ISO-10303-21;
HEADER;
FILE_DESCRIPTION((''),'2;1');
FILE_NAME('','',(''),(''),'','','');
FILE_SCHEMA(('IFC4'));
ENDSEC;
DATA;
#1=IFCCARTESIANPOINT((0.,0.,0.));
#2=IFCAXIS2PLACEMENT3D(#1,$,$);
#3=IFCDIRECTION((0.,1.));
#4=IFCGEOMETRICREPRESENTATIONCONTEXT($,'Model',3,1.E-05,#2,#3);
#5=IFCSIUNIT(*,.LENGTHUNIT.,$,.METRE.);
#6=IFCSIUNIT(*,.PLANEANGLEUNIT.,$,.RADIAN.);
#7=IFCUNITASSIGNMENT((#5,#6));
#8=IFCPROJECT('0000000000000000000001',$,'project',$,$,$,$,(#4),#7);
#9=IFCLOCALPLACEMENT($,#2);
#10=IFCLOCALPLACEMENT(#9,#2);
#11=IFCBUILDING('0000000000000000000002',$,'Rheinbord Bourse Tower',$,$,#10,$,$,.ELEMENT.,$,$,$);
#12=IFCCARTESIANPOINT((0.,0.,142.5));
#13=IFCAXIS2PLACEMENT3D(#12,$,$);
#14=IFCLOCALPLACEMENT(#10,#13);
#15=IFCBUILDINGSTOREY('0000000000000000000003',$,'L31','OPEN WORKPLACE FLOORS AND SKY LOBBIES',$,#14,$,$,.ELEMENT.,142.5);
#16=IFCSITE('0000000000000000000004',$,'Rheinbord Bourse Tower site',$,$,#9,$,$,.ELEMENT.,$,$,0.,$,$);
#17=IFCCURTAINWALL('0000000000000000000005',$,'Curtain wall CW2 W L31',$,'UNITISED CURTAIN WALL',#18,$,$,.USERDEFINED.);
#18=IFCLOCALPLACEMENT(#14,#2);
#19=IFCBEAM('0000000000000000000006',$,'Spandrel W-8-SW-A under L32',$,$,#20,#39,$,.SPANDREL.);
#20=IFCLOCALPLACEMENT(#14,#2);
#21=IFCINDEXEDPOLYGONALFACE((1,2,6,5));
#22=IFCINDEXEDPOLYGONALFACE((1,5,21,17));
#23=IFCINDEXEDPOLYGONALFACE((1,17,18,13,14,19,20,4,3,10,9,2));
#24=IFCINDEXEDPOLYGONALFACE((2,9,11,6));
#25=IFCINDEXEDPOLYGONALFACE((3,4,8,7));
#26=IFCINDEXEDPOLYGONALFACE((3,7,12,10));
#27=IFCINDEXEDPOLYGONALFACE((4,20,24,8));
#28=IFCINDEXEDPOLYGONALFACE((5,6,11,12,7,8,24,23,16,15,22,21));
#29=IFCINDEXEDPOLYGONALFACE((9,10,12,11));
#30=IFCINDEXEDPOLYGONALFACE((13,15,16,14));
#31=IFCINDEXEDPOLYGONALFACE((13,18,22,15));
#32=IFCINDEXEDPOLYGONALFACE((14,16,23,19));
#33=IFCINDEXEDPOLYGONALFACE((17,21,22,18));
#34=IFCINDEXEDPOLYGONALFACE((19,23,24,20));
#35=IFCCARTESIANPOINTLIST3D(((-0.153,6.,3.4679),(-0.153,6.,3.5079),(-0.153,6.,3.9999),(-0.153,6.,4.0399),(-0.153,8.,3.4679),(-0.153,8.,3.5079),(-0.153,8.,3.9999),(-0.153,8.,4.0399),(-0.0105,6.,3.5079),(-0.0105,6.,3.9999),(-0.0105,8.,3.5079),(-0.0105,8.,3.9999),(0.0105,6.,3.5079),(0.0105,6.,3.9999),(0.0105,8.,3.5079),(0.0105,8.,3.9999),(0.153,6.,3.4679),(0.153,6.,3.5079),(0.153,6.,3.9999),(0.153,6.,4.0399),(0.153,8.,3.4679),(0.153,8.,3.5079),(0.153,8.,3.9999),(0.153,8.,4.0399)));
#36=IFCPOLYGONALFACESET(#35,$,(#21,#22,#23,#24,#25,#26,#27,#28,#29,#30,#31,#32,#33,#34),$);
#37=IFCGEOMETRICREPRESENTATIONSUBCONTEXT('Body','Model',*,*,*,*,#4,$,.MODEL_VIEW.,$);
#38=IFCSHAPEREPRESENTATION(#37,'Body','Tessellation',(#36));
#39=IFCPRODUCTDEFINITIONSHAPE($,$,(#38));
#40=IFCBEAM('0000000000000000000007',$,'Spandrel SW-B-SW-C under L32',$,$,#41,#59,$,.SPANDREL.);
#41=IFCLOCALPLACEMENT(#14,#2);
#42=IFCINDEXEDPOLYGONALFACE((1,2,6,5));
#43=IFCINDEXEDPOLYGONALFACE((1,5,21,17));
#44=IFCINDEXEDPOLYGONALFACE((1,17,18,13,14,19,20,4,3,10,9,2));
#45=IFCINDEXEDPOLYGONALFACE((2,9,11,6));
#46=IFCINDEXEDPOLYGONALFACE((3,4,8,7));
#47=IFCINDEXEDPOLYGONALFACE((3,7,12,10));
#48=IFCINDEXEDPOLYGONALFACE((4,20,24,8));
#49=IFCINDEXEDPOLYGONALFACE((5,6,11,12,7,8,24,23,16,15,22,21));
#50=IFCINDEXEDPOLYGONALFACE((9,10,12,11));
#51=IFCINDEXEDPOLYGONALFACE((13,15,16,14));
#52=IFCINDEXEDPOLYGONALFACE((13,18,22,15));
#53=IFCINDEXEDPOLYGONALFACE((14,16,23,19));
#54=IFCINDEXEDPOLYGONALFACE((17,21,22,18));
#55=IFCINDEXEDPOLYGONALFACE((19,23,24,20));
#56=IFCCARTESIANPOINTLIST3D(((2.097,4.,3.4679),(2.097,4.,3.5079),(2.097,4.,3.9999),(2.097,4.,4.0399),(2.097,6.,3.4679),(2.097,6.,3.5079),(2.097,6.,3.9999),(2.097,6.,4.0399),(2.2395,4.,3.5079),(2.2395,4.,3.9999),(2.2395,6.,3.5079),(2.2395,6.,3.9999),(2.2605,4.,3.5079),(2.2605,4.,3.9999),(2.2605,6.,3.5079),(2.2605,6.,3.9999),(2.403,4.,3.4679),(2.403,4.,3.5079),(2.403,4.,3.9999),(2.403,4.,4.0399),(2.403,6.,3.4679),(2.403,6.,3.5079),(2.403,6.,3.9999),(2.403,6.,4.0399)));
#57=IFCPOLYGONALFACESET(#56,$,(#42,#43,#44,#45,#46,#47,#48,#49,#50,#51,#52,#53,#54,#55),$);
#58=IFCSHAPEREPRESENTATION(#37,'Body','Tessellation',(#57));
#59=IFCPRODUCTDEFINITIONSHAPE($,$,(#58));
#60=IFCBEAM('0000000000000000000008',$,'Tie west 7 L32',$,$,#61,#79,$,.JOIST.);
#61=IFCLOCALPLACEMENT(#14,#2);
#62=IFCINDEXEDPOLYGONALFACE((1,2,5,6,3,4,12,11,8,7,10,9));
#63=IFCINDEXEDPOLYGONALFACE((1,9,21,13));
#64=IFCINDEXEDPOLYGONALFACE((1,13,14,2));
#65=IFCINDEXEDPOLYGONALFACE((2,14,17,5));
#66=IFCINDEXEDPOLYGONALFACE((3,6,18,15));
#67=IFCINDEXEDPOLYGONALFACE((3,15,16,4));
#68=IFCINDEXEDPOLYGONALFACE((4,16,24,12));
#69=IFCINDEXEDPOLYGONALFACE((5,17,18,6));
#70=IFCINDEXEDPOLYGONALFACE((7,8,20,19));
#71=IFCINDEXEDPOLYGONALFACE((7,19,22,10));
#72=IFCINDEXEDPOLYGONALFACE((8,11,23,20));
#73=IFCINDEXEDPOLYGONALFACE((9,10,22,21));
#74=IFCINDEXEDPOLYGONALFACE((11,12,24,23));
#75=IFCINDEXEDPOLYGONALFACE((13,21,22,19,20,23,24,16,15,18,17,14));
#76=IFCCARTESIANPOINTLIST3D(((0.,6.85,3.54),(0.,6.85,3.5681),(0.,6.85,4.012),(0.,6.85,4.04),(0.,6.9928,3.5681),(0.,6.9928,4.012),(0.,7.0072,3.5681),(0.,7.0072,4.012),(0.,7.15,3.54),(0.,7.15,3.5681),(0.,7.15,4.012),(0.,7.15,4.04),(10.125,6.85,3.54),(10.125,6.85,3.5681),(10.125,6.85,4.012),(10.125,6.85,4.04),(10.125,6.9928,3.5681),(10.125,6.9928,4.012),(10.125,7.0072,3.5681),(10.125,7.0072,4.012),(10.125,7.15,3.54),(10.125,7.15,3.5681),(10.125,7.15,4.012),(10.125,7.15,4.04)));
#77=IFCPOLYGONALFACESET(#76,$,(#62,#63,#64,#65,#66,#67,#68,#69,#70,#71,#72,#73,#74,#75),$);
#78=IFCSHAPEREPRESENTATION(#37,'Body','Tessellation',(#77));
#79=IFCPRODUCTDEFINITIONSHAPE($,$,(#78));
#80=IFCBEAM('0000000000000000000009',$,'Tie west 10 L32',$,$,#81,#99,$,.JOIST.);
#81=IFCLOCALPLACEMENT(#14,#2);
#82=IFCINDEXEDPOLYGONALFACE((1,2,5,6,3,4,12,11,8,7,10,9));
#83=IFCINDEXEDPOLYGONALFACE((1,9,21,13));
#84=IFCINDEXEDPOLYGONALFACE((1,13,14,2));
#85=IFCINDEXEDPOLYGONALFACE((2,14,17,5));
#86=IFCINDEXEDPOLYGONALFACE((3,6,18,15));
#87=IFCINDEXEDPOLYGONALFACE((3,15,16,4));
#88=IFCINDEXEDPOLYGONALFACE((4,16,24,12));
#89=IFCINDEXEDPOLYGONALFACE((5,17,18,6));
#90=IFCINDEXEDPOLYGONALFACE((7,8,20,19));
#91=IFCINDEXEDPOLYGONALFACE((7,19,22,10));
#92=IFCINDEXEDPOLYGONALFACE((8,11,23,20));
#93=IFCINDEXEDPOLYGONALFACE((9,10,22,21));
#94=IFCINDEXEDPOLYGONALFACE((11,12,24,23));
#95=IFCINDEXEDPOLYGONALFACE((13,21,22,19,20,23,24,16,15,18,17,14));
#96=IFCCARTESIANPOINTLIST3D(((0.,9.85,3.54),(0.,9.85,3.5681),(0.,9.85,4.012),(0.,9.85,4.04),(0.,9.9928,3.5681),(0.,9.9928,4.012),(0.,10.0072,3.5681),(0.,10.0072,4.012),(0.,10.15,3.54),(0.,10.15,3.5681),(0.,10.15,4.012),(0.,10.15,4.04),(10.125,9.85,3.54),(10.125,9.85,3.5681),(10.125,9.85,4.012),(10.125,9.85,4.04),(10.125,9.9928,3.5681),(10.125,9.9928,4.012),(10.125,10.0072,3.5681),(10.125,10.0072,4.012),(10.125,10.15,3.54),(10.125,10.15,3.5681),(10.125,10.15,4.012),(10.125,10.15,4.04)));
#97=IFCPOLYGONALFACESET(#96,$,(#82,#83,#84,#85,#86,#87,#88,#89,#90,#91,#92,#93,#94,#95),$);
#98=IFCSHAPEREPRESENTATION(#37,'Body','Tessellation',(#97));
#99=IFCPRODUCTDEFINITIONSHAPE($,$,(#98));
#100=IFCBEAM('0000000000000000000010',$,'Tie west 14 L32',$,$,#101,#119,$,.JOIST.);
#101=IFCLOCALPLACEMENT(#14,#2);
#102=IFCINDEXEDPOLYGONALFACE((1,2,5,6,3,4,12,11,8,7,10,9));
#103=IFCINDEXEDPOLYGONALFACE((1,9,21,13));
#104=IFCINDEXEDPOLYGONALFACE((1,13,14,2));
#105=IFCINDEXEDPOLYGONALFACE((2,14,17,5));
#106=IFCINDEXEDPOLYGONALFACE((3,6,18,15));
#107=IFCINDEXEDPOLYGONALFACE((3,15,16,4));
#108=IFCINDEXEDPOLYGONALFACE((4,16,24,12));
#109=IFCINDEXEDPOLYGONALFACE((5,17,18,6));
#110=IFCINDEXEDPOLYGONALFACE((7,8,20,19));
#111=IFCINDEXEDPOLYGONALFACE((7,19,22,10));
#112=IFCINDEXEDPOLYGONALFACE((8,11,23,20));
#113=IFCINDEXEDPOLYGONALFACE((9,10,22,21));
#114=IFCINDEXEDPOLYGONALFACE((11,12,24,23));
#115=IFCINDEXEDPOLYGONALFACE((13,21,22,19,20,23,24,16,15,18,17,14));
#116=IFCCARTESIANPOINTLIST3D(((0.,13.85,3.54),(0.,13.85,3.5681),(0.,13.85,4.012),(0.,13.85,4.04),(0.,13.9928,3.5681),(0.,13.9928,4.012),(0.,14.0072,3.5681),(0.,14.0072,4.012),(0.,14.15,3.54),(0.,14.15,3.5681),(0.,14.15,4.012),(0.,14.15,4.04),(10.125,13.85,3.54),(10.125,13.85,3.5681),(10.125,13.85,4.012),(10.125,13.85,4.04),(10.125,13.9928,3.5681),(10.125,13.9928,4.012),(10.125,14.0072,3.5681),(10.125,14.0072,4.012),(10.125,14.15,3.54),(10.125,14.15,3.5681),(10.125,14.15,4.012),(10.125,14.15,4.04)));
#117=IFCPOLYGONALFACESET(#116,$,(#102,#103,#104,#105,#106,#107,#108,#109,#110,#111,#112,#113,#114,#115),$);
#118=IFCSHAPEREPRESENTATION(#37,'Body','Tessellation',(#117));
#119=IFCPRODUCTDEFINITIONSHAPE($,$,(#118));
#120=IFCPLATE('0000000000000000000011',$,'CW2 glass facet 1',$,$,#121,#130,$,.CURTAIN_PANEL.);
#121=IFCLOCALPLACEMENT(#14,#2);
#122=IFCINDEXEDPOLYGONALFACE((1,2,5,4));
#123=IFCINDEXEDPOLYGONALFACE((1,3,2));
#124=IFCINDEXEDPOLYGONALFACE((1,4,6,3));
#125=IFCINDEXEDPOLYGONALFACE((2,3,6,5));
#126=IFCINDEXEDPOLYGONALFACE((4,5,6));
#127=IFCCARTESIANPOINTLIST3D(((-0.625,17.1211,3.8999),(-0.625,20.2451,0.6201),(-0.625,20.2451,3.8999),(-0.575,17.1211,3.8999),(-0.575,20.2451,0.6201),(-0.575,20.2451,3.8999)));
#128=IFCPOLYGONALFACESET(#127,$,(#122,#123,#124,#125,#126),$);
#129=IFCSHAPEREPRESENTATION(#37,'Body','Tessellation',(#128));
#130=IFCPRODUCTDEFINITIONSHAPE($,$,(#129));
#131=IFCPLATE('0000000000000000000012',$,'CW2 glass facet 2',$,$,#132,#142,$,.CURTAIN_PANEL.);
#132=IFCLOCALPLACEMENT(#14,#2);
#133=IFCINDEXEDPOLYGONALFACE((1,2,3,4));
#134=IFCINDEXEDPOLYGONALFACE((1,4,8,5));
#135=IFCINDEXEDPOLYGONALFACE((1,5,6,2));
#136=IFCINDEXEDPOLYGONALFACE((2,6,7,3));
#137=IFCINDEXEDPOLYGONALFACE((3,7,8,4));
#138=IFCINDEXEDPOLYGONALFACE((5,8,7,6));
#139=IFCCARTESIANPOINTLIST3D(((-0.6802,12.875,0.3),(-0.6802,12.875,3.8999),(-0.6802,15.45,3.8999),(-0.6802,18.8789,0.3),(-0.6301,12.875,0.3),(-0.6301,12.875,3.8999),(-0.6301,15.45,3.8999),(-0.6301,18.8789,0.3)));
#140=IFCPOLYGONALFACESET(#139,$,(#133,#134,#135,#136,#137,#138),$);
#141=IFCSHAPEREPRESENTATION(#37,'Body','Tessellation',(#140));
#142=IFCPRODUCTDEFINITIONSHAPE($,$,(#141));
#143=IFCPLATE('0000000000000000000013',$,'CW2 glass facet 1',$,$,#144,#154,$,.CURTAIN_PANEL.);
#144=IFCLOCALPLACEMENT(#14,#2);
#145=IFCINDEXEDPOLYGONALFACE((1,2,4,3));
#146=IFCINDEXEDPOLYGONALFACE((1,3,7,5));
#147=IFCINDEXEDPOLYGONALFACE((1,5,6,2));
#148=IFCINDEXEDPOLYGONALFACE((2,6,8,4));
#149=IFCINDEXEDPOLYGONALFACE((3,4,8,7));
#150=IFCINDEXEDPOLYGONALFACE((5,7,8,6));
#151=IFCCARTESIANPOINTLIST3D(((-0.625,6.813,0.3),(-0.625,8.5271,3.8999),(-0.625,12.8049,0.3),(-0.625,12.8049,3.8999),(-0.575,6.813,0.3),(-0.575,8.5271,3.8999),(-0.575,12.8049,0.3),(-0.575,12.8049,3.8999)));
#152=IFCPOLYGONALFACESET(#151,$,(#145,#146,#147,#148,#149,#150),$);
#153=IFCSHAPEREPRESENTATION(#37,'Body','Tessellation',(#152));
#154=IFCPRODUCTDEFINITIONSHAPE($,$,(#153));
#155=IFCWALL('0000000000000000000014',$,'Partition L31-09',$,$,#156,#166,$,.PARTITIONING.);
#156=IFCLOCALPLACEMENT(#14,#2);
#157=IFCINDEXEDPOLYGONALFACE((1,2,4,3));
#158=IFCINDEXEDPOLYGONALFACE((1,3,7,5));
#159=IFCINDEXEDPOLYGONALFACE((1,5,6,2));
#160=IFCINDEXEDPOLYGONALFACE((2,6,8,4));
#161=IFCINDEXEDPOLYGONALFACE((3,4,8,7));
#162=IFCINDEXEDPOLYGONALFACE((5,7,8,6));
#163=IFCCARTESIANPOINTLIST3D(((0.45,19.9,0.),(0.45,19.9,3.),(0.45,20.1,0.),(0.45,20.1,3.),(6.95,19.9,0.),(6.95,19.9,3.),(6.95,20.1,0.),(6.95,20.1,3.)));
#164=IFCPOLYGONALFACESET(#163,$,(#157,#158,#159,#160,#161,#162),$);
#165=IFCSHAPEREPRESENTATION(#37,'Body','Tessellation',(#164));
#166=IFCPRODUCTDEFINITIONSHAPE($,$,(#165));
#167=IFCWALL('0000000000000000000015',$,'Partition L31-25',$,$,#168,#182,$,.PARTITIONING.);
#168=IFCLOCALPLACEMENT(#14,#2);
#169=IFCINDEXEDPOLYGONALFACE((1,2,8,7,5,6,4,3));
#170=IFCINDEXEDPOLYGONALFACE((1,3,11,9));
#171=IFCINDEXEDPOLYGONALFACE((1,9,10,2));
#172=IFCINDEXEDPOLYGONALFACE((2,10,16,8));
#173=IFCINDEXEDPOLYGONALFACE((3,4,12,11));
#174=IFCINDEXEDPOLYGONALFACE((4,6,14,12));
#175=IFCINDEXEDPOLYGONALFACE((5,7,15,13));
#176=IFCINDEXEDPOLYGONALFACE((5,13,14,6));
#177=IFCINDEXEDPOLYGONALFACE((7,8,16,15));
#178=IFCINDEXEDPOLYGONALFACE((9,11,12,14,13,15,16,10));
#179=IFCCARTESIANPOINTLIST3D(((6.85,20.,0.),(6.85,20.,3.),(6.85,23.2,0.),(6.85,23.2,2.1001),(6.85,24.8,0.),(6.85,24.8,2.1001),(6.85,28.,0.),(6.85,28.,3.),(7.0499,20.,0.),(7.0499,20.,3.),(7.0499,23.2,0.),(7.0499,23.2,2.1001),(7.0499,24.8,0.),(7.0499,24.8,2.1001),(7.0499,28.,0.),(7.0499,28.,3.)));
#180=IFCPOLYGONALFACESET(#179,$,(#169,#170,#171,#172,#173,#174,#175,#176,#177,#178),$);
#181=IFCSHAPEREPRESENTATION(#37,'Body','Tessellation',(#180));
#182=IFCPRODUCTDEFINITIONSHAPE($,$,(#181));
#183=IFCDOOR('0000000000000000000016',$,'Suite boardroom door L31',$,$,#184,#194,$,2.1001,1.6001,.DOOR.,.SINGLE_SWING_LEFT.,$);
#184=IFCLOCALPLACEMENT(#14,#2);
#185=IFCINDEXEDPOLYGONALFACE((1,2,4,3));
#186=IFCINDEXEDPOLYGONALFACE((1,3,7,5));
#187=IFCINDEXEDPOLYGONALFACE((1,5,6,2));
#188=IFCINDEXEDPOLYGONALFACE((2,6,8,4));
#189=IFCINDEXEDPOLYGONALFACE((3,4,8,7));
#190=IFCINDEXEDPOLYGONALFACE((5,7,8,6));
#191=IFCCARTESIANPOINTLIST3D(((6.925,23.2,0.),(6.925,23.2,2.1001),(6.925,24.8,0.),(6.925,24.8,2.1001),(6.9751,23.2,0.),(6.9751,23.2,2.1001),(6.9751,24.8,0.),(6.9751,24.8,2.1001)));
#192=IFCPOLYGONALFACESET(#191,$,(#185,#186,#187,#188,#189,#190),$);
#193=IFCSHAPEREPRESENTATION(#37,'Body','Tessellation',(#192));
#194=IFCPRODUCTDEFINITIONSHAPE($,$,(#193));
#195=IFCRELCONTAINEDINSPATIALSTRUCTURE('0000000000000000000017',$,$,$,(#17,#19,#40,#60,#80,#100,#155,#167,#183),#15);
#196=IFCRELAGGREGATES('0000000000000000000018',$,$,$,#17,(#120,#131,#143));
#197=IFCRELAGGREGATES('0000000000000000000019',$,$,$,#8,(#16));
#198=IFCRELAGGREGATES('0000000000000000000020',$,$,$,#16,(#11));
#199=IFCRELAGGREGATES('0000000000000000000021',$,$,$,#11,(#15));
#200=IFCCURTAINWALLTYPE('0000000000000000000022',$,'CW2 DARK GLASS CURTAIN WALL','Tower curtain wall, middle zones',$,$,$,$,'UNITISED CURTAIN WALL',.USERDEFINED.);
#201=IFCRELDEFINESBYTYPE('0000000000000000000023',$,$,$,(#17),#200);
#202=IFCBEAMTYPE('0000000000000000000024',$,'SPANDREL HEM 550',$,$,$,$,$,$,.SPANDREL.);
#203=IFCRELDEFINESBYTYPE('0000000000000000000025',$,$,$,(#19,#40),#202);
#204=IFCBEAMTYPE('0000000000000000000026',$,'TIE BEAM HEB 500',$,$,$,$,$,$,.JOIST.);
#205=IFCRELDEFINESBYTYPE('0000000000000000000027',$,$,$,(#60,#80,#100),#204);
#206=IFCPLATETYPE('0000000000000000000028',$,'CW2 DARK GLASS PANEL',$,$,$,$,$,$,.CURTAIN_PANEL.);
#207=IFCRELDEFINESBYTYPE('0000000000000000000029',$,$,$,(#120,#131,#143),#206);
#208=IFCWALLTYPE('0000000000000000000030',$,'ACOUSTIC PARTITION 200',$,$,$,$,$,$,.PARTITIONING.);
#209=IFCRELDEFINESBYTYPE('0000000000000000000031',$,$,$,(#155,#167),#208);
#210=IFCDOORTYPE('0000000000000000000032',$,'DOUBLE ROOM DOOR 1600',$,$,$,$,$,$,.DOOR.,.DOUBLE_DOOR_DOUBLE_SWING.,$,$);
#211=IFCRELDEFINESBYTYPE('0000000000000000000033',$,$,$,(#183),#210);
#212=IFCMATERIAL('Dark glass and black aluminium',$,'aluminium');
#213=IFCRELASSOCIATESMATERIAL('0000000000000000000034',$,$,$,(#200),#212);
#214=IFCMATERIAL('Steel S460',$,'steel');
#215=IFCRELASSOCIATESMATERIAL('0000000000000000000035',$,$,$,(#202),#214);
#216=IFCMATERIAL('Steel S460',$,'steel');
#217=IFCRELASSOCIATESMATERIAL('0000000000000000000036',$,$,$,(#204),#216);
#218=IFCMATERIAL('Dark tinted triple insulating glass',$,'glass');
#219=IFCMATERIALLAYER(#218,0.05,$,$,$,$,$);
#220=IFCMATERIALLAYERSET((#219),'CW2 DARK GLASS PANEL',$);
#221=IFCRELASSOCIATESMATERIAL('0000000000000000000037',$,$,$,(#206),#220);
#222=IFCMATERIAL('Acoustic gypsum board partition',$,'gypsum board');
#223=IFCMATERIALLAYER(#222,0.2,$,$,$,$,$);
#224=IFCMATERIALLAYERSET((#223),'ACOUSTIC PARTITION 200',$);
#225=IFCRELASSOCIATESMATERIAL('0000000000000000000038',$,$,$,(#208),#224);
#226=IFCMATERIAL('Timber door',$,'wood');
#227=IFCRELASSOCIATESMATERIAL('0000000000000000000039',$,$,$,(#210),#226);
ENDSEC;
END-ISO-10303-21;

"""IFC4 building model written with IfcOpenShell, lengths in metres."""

from ifc_helpers import new_model, si_unit, direction, frame, frame_2d, origin, origin_2d, place, context, subcontext, project, spatial, polyline, rectangle, i_section, outline, extrude, material, layer, layer_set, material_profile, profile_set, type_object, element, fill, aggregate, save


model = new_model("IFC4")

# Units and contexts
model_context = context("Model", 3, precision=1e-05, world=origin(), true_north=direction((0.0, 1.0)))
body_context = subcontext(model_context, "Body", "Model", "MODEL_VIEW")
ifc_project = project(units=[si_unit("LENGTHUNIT", "METRE"), si_unit("PLANEANGLEUNIT", "RADIAN")], contexts=[model_context])

# Site, building, storey
site_placement = place(None, origin())
site = spatial("IfcSite", under=ifc_project, at=site_placement, Name="Rheinbord Bourse Tower site", CompositionType="ELEMENT", RefElevation=0.0)
building_placement = place(site_placement, origin())
building = spatial("IfcBuilding", under=site, at=building_placement, Name="Rheinbord Bourse Tower", CompositionType="ELEMENT")
storey_placement = place(building_placement, frame((0.0, 0.0, 142.5)))
storey = spatial("IfcBuildingStorey", under=building, at=storey_placement, Name="L31", Description="OPEN WORKPLACE FLOORS AND SKY LOBBIES", CompositionType="ELEMENT", Elevation=142.5)

# Curtain wall
ifc_material_1 = material(Name="Dark glass and black aluminium", Category="aluminium")
curtain_wall_type = type_object("IfcCurtainWallType", Name="CW2 DARK GLASS CURTAIN WALL", Description="Tower curtain wall, middle zones", ElementType="UNITISED CURTAIN WALL", PredefinedType="USERDEFINED", material=ifc_material_1)
curtain_wall_placement = place(storey_placement, origin())
curtain_wall = element("IfcCurtainWall", 1, at=curtain_wall_placement, inside=storey, type_object=curtain_wall_type, Name="Curtain wall CW2 W L31", ObjectType="UNITISED CURTAIN WALL", PredefinedType="USERDEFINED")

# Beams
ifc_material_2 = material(Name="Steel S460", Category="steel")
ifc_material_profile_1 = material_profile(ifc_material_2, i_section(OverallWidth=0.3059, OverallDepth=0.572, WebThickness=0.021, FlangeThickness=0.04, at=origin_2d()), Name="HEM 550")
ifc_profile_set_1 = profile_set([ifc_material_profile_1], Name="Steel S460")
beam_type_1 = type_object("IfcBeamType", Name="SPANDREL HEM 550", PredefinedType="SPANDREL", material=ifc_profile_set_1)
for number, where, z_axis, x_axis, name in (
    (2, (0.0, 8.0, 3.7539), (0.0, -1.0, 0.0), (1.0, 0.0, 0.0), "Spandrel W-8-SW-A under L32"),
    (3, (2.25, 6.0, 3.7539), (0.0, -1.0, 0.0), (1.0, 0.0, 0.0), "Spandrel SW-B-SW-C under L32"),
):
    element("IfcBeam", number, at=place(storey_placement, frame(where, z_axis=z_axis, x_axis=x_axis)), inside=storey, type_object=beam_type_1, Name=name, PredefinedType="SPANDREL", context=body_context, shape_type="SweptSolid", body=[
        extrude(i_section(OverallWidth=0.3059, OverallDepth=0.572, WebThickness=0.021, FlangeThickness=0.04, at=origin_2d()), origin(), (0.0, 0.0, 1.0), 2.0),
    ])
ifc_material_3 = material(Name="Steel S460", Category="steel")
ifc_material_profile_2 = material_profile(ifc_material_3, i_section(OverallWidth=0.3, OverallDepth=0.5, WebThickness=0.0144, FlangeThickness=0.0281, at=origin_2d()), Name="HEB 500")
ifc_profile_set_2 = profile_set([ifc_material_profile_2], Name="Steel S460")
beam_type_2 = type_object("IfcBeamType", Name="TIE BEAM HEB 500", PredefinedType="JOIST", material=ifc_profile_set_2)
for number, where, z_axis, x_axis, name in (
    (4, (0.0, 7.0, 3.79), (1.0, 0.0, 0.0), (0.0, 1.0, 0.0), "Tie west 7 L32"),
    (5, (0.0, 10.0, 3.79), (1.0, 0.0, 0.0), (0.0, 1.0, 0.0), "Tie west 10 L32"),
    (6, (0.0, 14.0, 3.79), (1.0, 0.0, 0.0), (0.0, 1.0, 0.0), "Tie west 14 L32"),
):
    element("IfcBeam", number, at=place(storey_placement, frame(where, z_axis=z_axis, x_axis=x_axis)), inside=storey, type_object=beam_type_2, Name=name, PredefinedType="JOIST", context=body_context, shape_type="SweptSolid", body=[
        extrude(i_section(OverallWidth=0.3, OverallDepth=0.5, WebThickness=0.0144, FlangeThickness=0.0281, at=origin_2d()), origin(), (0.0, 0.0, 1.0), 10.125),
    ])

# Plates
ifc_material_4 = material(Name="Dark tinted triple insulating glass", Category="glass")
ifc_layer_1 = layer(ifc_material_4, 0.05)
ifc_layer_set_1 = layer_set([ifc_layer_1], Name="CW2 DARK GLASS PANEL")
plate_type = type_object("IfcPlateType", Name="CW2 DARK GLASS PANEL", PredefinedType="CURTAIN_PANEL", material=ifc_layer_set_1)
plate_1_placement = place(storey_placement, frame((-0.625, 20.2451, 3.8999), z_axis=(1.0, 0.0, 0.0), x_axis=(0.0, -1.0, 0.0)))
plate_1 = element("IfcPlate", 7, at=plate_1_placement, type_object=plate_type, Name="CW2 glass facet 1", PredefinedType="CURTAIN_PANEL", context=body_context, shape_type="SweptSolid", body=[
    extrude(outline(polyline([(0.0, 0.0), (3.124, 0.0), (0.0, 3.2798), (0.0, 0.0)])), origin(), (0.0, 0.0, 1.0), 0.05),
])
plate_2_placement = place(storey_placement, frame((-0.6802, 12.875, 3.8999), z_axis=(1.0, 0.0, 0.0), x_axis=(0.0, 0.0, -1.0)))
plate_2 = element("IfcPlate", 8, at=plate_2_placement, type_object=plate_type, Name="CW2 glass facet 2", PredefinedType="CURTAIN_PANEL", context=body_context, shape_type="SweptSolid", body=[
    extrude(outline(polyline([(0.0, 0.0), (3.5999, 0.0), (3.5999, 6.0039), (0.0, 2.575), (0.0, 0.0)])), origin(), (0.0, 0.0, 1.0), 0.05),
])
plate_3_placement = place(storey_placement, frame((-0.625, 12.8049, 0.3), z_axis=(1.0, 0.0, 0.0), x_axis=(0.0, 0.0, 1.0)))
plate_3 = element("IfcPlate", 9, at=plate_3_placement, type_object=plate_type, Name="CW2 glass facet 1", PredefinedType="CURTAIN_PANEL", context=body_context, shape_type="SweptSolid", body=[
    extrude(outline(polyline([(0.0, 0.0), (3.5999, 0.0), (3.5999, 4.2778), (0.0, 5.9919), (0.0, 0.0)])), origin(), (0.0, 0.0, 1.0), 0.05),
])
aggregate(curtain_wall, [plate_1, plate_2, plate_3])

# Wall
ifc_material_5 = material(Name="Acoustic gypsum board partition", Category="gypsum board")
ifc_layer_2 = layer(ifc_material_5, 0.2)
ifc_layer_set_2 = layer_set([ifc_layer_2], Name="ACOUSTIC PARTITION 200")
wall_type_1 = type_object("IfcWallType", Name="ACOUSTIC PARTITION 200", PredefinedType="PARTITIONING", material=ifc_layer_set_2)
wall_1_placement = place(storey_placement, frame((0.45, 20.0, 0.0), z_axis=(0.0, 0.0, 1.0), x_axis=(1.0, 0.0, 0.0)))
element("IfcWall", 10, at=wall_1_placement, inside=storey, type_object=wall_type_1, Name="Partition L31-09", PredefinedType="PARTITIONING", context=body_context, shape_type="SweptSolid", body=[
    extrude(rectangle(XDim=6.5, YDim=0.2, at=frame_2d((3.25, 0.0))), origin(), (0.0, 0.0, 1.0), 3.0),
])

# Wall, opening, door
wall_2_placement = place(storey_placement, frame((6.95, 20.0, 0.0), z_axis=(0.0, 0.0, 1.0), x_axis=(0.0, 1.0, 0.0)))
wall_2 = element("IfcWall", 11, at=wall_2_placement, inside=storey, type_object=wall_type_1, Name="Partition L31-25", PredefinedType="PARTITIONING", context=body_context, shape_type="SweptSolid", body=[
    extrude(rectangle(XDim=8.0, YDim=0.2, at=frame_2d((4.0, 0.0))), origin(), (0.0, 0.0, 1.0), 3.0),
])
opening_1_placement = place(wall_2_placement, frame((3.2, 0.0, 0.0)))
opening_1 = element("IfcOpeningElement", 12, at=opening_1_placement, cuts=wall_2, PredefinedType="OPENING", context=body_context, shape_type="SweptSolid", body=[
    extrude(rectangle(XDim=1.6001, YDim=2.1001, at=frame_2d((0.8, 1.05))), frame((0.0, 0.1099, 0.0), z_axis=(0.0, -1.0, 0.0), x_axis=(1.0, 0.0, 0.0)), (0.0, 0.0, 1.0), 0.22),
])
ifc_material_6 = material(Name="Timber door", Category="wood")
door_type_1 = type_object("IfcDoorType", Name="DOUBLE ROOM DOOR 1600", OperationType="DOUBLE_DOOR_DOUBLE_SWING", PredefinedType="DOOR", material=ifc_material_6)
door_1_placement = place(opening_1_placement, origin())
door_1 = element("IfcDoor", 13, at=door_1_placement, inside=storey, type_object=door_type_1, Name="Suite boardroom door L31", OperationType="SINGLE_SWING_LEFT", OverallHeight=2.1001, OverallWidth=1.6001, PredefinedType="DOOR", context=body_context, shape_type="SweptSolid", body=[
    extrude(rectangle(XDim=1.6001, YDim=2.1001, at=frame_2d((0.8, 1.05))), frame((0.0, 0.0249, 0.0), z_axis=(0.0, -1.0, 0.0), x_axis=(1.0, 0.0, 0.0)), (0.0, 0.0, 1.0), 0.05),
])
fill(opening_1, door_1)

save(model, "model.ifc")
